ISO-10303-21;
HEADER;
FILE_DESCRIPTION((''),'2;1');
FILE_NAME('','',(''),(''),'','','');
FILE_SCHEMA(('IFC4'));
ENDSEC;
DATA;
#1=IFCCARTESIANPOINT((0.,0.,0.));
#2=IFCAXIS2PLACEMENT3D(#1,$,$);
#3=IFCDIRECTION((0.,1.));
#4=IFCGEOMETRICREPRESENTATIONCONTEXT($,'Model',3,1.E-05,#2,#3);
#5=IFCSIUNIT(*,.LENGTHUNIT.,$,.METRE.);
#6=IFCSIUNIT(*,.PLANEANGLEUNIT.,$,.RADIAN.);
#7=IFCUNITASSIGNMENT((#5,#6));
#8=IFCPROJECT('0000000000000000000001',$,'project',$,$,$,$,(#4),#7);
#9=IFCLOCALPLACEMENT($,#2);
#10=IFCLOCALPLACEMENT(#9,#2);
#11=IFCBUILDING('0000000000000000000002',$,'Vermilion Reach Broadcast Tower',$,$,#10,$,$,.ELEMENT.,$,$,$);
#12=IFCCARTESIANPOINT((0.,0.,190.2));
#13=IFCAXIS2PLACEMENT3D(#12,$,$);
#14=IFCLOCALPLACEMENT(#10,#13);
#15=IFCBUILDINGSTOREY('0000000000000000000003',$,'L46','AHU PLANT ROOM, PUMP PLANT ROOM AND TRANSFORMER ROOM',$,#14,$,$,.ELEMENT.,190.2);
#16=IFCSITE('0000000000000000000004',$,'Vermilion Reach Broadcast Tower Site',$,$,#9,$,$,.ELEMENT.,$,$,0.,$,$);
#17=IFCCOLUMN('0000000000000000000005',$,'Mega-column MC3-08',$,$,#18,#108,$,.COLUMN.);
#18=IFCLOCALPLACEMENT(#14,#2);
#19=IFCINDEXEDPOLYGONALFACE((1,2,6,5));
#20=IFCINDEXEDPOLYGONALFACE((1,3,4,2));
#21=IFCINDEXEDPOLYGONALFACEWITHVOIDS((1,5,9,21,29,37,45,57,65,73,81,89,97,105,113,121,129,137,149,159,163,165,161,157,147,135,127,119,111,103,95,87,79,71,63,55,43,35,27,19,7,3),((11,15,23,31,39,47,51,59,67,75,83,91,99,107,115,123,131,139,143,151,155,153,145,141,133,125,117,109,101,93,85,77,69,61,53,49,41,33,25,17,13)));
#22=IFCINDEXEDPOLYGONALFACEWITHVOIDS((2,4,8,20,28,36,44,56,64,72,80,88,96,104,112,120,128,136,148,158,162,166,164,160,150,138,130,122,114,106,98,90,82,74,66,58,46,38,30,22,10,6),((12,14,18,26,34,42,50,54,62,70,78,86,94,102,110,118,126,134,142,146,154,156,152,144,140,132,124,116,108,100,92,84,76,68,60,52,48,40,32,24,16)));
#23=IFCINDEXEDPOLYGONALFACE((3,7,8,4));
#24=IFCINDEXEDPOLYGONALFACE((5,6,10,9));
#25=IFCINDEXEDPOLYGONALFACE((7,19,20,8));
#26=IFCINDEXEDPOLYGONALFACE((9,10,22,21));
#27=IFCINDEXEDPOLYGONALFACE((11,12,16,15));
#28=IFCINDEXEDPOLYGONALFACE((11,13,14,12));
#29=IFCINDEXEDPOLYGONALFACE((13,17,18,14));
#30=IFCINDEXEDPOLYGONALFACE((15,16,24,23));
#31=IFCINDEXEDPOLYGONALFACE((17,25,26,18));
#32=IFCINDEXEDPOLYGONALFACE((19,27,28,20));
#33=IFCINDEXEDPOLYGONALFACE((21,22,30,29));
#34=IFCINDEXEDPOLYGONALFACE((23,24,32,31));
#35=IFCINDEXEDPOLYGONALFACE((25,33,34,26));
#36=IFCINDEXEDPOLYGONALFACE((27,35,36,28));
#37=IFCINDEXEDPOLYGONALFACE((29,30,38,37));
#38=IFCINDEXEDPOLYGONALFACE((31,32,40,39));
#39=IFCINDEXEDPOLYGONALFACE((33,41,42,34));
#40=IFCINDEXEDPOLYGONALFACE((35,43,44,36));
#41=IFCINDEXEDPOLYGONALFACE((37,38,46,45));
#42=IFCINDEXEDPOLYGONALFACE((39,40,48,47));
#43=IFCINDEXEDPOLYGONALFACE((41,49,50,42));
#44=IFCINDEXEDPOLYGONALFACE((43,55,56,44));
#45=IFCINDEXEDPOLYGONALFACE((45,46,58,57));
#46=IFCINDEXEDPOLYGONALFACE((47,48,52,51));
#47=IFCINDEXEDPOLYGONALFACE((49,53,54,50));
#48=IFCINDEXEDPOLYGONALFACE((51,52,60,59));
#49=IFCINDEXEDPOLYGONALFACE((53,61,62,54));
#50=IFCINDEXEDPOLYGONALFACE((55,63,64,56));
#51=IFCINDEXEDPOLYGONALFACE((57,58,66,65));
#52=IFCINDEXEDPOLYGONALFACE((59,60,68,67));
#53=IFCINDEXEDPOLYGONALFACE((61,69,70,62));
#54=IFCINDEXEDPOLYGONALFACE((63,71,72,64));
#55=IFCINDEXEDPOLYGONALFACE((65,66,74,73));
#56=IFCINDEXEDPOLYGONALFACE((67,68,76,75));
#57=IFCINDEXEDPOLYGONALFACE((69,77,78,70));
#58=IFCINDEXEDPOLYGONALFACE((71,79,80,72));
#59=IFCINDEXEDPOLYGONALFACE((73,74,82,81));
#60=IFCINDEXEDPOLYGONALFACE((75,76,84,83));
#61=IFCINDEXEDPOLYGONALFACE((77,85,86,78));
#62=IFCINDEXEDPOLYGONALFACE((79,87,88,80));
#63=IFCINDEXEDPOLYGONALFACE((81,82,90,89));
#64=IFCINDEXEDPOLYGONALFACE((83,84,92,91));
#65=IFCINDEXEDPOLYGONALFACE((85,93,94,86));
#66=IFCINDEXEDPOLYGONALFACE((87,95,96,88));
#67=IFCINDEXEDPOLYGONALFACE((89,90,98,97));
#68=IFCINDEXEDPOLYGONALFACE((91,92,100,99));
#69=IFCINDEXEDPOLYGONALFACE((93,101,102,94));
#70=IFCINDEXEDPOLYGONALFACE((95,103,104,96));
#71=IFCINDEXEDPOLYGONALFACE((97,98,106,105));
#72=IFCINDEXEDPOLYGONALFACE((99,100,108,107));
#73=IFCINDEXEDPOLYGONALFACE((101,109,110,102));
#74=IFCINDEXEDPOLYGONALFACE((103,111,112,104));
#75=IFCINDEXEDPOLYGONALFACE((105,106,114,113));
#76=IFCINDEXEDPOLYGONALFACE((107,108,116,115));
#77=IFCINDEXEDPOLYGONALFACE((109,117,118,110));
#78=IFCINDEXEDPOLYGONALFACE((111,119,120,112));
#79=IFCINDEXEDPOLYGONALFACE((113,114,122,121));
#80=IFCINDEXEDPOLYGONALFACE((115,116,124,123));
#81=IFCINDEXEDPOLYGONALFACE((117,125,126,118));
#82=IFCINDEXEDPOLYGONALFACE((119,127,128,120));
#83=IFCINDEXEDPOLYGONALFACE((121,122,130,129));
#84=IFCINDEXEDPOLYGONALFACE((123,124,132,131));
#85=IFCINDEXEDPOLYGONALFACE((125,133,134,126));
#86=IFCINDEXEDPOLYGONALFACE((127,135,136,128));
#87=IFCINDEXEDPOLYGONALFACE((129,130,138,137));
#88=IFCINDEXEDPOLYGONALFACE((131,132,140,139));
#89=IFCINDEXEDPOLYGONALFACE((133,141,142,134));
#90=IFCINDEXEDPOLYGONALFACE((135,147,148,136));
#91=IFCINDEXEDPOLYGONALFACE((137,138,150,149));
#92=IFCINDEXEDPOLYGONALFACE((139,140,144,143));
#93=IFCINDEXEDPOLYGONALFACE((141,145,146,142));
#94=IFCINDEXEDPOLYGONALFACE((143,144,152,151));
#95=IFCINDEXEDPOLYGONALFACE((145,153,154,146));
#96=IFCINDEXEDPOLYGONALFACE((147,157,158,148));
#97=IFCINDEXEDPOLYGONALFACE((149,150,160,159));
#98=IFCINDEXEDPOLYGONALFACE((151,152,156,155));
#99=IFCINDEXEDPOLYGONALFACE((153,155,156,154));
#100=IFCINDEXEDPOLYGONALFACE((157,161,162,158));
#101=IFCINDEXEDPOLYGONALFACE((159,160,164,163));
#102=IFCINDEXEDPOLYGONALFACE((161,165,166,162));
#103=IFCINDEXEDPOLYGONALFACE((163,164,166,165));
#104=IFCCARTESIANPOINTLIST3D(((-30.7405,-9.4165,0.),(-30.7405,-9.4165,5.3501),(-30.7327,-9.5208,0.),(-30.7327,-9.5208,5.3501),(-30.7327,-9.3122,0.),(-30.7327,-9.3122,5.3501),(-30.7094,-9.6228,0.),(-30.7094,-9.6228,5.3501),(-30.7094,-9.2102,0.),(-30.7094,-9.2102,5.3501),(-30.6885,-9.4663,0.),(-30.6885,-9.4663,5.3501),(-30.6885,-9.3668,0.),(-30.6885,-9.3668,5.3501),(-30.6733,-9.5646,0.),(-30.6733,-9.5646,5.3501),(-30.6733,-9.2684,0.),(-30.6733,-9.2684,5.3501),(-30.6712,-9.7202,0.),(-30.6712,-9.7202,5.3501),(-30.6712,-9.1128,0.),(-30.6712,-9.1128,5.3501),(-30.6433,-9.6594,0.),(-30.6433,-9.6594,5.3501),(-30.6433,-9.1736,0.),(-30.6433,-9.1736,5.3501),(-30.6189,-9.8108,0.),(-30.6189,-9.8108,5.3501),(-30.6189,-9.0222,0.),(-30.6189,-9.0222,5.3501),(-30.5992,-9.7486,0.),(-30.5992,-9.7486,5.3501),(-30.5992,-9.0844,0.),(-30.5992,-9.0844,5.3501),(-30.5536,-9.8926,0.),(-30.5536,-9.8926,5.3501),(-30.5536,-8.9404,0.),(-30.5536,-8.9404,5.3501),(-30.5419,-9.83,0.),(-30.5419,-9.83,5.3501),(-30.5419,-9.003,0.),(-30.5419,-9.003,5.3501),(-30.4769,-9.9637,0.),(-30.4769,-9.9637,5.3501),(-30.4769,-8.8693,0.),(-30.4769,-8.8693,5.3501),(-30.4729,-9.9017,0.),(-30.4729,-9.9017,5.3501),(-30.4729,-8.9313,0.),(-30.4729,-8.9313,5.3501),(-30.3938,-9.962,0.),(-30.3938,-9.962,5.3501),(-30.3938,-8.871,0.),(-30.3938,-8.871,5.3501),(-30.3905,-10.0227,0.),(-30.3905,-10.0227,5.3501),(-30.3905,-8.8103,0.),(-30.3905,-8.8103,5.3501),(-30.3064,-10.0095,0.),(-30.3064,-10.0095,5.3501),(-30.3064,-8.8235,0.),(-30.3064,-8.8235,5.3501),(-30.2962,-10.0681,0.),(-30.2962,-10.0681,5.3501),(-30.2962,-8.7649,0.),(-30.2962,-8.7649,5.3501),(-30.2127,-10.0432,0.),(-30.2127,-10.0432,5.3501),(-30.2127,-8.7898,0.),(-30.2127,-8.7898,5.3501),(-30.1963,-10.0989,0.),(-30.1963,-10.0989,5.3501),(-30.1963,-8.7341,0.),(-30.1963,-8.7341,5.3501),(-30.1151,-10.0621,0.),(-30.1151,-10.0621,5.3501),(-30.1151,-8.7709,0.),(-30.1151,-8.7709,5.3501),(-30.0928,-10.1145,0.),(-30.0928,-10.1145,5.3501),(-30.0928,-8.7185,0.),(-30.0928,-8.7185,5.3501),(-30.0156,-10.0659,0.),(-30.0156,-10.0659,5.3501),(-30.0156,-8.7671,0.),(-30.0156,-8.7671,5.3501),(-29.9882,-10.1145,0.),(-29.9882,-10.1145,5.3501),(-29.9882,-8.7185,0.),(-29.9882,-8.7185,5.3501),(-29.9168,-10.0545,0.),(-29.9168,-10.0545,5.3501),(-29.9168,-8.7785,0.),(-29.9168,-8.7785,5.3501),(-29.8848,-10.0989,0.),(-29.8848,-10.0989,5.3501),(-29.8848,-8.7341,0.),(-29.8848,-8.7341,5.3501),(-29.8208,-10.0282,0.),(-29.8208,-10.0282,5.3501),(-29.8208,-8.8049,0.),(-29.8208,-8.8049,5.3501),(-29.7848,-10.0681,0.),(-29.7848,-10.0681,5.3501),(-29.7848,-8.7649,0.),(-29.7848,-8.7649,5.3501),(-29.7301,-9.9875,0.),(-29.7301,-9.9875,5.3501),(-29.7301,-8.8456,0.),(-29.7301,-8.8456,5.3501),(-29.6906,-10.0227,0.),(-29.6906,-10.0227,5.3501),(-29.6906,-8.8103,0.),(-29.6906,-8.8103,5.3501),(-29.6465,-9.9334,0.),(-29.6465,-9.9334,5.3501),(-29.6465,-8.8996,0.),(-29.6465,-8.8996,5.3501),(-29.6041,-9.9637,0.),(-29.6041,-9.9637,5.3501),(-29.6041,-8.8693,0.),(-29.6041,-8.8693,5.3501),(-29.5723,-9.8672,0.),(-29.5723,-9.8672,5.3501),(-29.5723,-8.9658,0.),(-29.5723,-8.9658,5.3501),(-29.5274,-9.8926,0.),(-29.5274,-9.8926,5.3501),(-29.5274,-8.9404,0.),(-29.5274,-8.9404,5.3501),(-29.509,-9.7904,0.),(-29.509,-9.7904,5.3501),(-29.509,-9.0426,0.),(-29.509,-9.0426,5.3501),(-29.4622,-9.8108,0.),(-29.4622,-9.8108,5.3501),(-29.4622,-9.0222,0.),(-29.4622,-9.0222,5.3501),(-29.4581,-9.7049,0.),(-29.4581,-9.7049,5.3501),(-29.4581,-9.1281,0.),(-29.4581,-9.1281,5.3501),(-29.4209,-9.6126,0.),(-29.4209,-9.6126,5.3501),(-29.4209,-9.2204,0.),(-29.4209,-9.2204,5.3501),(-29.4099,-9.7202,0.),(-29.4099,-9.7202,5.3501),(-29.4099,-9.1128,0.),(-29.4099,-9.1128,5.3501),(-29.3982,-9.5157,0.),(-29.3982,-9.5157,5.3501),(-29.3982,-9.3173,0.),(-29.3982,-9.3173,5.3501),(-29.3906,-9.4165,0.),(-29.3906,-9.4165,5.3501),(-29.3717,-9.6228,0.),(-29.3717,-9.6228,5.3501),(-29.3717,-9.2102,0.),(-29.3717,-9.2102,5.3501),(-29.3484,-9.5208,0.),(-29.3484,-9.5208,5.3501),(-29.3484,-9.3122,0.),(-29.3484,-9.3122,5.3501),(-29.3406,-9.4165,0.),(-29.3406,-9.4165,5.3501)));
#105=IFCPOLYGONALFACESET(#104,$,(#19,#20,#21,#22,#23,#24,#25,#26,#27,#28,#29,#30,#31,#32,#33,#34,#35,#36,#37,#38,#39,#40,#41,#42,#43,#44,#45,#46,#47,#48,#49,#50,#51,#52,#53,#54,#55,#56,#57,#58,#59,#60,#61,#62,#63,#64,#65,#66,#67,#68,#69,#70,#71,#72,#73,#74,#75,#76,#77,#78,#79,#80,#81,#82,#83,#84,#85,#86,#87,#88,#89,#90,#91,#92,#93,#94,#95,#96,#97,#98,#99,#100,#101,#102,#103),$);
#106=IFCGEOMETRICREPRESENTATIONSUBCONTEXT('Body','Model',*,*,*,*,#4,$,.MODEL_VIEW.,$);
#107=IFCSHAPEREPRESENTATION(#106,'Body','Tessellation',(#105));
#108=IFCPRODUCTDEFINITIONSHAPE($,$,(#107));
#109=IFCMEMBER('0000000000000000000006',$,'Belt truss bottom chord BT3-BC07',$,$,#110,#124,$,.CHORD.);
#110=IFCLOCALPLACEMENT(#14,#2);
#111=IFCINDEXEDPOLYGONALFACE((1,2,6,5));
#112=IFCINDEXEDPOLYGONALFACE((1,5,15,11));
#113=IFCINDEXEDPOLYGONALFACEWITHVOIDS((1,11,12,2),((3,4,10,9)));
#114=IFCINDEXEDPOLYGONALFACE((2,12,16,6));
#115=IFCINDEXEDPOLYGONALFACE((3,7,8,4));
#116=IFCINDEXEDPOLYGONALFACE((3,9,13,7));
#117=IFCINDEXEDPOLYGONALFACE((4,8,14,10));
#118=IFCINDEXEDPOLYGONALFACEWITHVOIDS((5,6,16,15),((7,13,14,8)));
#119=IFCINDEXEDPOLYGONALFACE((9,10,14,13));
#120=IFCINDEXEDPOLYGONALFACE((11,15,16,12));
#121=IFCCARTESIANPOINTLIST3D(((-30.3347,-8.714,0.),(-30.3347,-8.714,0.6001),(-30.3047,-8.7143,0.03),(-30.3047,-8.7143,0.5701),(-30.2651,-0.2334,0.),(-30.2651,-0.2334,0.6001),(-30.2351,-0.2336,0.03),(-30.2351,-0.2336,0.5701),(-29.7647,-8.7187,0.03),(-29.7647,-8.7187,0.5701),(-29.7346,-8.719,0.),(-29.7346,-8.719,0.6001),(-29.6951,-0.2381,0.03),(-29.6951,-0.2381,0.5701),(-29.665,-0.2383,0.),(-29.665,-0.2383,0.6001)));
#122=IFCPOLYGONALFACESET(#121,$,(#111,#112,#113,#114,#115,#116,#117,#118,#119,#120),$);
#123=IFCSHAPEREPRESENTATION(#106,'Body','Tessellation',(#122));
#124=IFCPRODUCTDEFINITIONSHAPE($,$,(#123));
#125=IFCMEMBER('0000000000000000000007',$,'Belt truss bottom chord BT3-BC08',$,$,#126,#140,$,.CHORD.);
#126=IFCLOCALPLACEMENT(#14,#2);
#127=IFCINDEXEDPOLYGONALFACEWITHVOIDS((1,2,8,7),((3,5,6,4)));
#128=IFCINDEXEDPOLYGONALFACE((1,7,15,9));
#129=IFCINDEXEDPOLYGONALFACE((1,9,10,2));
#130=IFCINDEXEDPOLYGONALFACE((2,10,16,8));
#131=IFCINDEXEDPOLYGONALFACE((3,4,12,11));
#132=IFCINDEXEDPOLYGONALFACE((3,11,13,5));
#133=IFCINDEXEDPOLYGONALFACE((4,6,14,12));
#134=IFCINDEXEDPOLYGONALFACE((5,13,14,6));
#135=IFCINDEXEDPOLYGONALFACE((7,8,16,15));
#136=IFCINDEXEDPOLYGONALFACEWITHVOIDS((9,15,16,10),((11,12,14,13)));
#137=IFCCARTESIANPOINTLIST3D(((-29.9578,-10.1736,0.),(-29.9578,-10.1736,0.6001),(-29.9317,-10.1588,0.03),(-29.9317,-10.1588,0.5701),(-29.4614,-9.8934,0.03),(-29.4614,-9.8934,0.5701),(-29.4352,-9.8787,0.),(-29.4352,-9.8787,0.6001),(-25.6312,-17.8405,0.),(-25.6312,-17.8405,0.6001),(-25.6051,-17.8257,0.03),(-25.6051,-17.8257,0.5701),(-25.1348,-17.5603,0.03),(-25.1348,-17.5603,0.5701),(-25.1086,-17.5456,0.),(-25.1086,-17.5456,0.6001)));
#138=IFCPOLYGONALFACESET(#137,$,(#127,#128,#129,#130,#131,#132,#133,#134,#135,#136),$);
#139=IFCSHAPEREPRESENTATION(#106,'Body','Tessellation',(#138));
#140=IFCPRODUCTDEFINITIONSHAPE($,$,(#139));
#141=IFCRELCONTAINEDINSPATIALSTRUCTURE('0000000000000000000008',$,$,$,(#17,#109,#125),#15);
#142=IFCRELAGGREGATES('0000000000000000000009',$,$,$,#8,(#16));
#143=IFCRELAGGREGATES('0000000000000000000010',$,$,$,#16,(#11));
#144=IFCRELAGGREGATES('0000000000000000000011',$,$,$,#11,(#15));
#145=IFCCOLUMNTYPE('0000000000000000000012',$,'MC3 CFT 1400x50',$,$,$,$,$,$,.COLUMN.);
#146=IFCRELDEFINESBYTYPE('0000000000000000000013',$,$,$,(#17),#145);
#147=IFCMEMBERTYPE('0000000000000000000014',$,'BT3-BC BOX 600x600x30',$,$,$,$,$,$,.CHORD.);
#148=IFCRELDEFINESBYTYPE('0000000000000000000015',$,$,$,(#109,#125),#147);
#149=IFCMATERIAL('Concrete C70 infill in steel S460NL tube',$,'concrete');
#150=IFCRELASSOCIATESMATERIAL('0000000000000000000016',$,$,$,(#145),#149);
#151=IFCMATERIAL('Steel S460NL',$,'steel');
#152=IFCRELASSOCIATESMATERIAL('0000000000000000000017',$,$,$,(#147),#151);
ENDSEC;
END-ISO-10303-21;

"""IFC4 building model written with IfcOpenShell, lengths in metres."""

from ifc_helpers import new_model, si_unit, direction, frame, origin, origin_2d, place, context, subcontext, project, spatial, hollow_rectangle, hollow_circle, extrude, material, material_profile, profile_set, type_object, element, save


model = new_model("IFC4")

# Units and contexts
model_context = context("Model", 3, precision=1e-05, world=origin(), true_north=direction((0.0, 1.0)))
body_context = subcontext(model_context, "Body", "Model", "MODEL_VIEW")
ifc_project = project(units=[si_unit("LENGTHUNIT", "METRE"), si_unit("PLANEANGLEUNIT", "RADIAN")], contexts=[model_context])

# Site, building, storey
site_placement = place(None, origin())
site = spatial("IfcSite", under=ifc_project, at=site_placement, Name="Vermilion Reach Broadcast Tower Site", CompositionType="ELEMENT", RefElevation=0.0)
building_placement = place(site_placement, origin())
building = spatial("IfcBuilding", under=site, at=building_placement, Name="Vermilion Reach Broadcast Tower", CompositionType="ELEMENT")
storey_placement = place(building_placement, frame((0.0, 0.0, 190.2)))
storey = spatial("IfcBuildingStorey", under=building, at=storey_placement, Name="L46", Description="AHU PLANT ROOM, PUMP PLANT ROOM AND TRANSFORMER ROOM", CompositionType="ELEMENT", Elevation=190.2)

# Column
ifc_material_1 = material(Name="Concrete C70 infill in steel S460NL tube", Category="concrete")
ifc_material_profile_1 = material_profile(ifc_material_1, hollow_circle(Radius=0.7, WallThickness=0.05, at=origin_2d()), Name="Concrete C70 infill in steel S460NL tube CFT 1400x50")
ifc_profile_set_1 = profile_set([ifc_material_profile_1], Name="Concrete C70 infill in steel S460NL tube")
column_type = type_object("IfcColumnType", Name="MC3 CFT 1400x50", PredefinedType="COLUMN", material=ifc_profile_set_1)
column_placement = place(storey_placement, frame((-30.0405, -9.4165, 0.0), z_axis=(0.0, 0.0, 1.0), x_axis=(1.0, 0.0, 0.0)))
element("IfcColumn", 1, at=column_placement, inside=storey, type_object=column_type, Name="Mega-column MC3-08", PredefinedType="COLUMN", context=body_context, shape_type="SweptSolid", body=[
    extrude(hollow_circle(Radius=0.7, WallThickness=0.05, at=origin_2d()), origin(), (0.0, 0.0, 1.0), 5.3501),
])

# Members
ifc_material_2 = material(Name="Steel S460NL", Category="steel")
ifc_material_profile_2 = material_profile(ifc_material_2, hollow_rectangle(XDim=0.6001, YDim=0.6001, WallThickness=0.03, at=origin_2d()), Name="S460NL BOX 600x600x30")
ifc_profile_set_2 = profile_set([ifc_material_profile_2], Name="Steel S460NL")
member_type_1 = type_object("IfcMemberType", Name="BT3-BC BOX 600x600x30", PredefinedType="CHORD", material=ifc_profile_set_2)
member_1_placement = place(storey_placement, frame((-29.9651, -0.2358, 0.3), z_axis=(-0.008204, -0.999966, 0.0), x_axis=(0.999966, -0.008204, 0.0)))
element("IfcMember", 2, at=member_1_placement, inside=storey, type_object=member_type_1, Name="Belt truss bottom chord BT3-BC07", PredefinedType="CHORD", context=body_context, shape_type="SweptSolid", body=[
    extrude(hollow_rectangle(XDim=0.6001, YDim=0.6001, WallThickness=0.03, at=origin_2d()), origin(), (0.0, 0.0, 1.0), 8.481),
])
member_2_placement = place(storey_placement, frame((-29.6965, -10.0261, 0.3), z_axis=(0.491467, -0.870896, 0.0), x_axis=(0.870896, 0.491467, 0.0)))
element("IfcMember", 3, at=member_2_placement, inside=storey, type_object=member_type_1, Name="Belt truss bottom chord BT3-BC08", PredefinedType="CHORD", context=body_context, shape_type="SweptSolid", body=[
    extrude(hollow_rectangle(XDim=0.6001, YDim=0.6001, WallThickness=0.03, at=origin_2d()), origin(), (0.0, 0.0, 1.0), 8.8035),
])

save(model, "model.ifc")
